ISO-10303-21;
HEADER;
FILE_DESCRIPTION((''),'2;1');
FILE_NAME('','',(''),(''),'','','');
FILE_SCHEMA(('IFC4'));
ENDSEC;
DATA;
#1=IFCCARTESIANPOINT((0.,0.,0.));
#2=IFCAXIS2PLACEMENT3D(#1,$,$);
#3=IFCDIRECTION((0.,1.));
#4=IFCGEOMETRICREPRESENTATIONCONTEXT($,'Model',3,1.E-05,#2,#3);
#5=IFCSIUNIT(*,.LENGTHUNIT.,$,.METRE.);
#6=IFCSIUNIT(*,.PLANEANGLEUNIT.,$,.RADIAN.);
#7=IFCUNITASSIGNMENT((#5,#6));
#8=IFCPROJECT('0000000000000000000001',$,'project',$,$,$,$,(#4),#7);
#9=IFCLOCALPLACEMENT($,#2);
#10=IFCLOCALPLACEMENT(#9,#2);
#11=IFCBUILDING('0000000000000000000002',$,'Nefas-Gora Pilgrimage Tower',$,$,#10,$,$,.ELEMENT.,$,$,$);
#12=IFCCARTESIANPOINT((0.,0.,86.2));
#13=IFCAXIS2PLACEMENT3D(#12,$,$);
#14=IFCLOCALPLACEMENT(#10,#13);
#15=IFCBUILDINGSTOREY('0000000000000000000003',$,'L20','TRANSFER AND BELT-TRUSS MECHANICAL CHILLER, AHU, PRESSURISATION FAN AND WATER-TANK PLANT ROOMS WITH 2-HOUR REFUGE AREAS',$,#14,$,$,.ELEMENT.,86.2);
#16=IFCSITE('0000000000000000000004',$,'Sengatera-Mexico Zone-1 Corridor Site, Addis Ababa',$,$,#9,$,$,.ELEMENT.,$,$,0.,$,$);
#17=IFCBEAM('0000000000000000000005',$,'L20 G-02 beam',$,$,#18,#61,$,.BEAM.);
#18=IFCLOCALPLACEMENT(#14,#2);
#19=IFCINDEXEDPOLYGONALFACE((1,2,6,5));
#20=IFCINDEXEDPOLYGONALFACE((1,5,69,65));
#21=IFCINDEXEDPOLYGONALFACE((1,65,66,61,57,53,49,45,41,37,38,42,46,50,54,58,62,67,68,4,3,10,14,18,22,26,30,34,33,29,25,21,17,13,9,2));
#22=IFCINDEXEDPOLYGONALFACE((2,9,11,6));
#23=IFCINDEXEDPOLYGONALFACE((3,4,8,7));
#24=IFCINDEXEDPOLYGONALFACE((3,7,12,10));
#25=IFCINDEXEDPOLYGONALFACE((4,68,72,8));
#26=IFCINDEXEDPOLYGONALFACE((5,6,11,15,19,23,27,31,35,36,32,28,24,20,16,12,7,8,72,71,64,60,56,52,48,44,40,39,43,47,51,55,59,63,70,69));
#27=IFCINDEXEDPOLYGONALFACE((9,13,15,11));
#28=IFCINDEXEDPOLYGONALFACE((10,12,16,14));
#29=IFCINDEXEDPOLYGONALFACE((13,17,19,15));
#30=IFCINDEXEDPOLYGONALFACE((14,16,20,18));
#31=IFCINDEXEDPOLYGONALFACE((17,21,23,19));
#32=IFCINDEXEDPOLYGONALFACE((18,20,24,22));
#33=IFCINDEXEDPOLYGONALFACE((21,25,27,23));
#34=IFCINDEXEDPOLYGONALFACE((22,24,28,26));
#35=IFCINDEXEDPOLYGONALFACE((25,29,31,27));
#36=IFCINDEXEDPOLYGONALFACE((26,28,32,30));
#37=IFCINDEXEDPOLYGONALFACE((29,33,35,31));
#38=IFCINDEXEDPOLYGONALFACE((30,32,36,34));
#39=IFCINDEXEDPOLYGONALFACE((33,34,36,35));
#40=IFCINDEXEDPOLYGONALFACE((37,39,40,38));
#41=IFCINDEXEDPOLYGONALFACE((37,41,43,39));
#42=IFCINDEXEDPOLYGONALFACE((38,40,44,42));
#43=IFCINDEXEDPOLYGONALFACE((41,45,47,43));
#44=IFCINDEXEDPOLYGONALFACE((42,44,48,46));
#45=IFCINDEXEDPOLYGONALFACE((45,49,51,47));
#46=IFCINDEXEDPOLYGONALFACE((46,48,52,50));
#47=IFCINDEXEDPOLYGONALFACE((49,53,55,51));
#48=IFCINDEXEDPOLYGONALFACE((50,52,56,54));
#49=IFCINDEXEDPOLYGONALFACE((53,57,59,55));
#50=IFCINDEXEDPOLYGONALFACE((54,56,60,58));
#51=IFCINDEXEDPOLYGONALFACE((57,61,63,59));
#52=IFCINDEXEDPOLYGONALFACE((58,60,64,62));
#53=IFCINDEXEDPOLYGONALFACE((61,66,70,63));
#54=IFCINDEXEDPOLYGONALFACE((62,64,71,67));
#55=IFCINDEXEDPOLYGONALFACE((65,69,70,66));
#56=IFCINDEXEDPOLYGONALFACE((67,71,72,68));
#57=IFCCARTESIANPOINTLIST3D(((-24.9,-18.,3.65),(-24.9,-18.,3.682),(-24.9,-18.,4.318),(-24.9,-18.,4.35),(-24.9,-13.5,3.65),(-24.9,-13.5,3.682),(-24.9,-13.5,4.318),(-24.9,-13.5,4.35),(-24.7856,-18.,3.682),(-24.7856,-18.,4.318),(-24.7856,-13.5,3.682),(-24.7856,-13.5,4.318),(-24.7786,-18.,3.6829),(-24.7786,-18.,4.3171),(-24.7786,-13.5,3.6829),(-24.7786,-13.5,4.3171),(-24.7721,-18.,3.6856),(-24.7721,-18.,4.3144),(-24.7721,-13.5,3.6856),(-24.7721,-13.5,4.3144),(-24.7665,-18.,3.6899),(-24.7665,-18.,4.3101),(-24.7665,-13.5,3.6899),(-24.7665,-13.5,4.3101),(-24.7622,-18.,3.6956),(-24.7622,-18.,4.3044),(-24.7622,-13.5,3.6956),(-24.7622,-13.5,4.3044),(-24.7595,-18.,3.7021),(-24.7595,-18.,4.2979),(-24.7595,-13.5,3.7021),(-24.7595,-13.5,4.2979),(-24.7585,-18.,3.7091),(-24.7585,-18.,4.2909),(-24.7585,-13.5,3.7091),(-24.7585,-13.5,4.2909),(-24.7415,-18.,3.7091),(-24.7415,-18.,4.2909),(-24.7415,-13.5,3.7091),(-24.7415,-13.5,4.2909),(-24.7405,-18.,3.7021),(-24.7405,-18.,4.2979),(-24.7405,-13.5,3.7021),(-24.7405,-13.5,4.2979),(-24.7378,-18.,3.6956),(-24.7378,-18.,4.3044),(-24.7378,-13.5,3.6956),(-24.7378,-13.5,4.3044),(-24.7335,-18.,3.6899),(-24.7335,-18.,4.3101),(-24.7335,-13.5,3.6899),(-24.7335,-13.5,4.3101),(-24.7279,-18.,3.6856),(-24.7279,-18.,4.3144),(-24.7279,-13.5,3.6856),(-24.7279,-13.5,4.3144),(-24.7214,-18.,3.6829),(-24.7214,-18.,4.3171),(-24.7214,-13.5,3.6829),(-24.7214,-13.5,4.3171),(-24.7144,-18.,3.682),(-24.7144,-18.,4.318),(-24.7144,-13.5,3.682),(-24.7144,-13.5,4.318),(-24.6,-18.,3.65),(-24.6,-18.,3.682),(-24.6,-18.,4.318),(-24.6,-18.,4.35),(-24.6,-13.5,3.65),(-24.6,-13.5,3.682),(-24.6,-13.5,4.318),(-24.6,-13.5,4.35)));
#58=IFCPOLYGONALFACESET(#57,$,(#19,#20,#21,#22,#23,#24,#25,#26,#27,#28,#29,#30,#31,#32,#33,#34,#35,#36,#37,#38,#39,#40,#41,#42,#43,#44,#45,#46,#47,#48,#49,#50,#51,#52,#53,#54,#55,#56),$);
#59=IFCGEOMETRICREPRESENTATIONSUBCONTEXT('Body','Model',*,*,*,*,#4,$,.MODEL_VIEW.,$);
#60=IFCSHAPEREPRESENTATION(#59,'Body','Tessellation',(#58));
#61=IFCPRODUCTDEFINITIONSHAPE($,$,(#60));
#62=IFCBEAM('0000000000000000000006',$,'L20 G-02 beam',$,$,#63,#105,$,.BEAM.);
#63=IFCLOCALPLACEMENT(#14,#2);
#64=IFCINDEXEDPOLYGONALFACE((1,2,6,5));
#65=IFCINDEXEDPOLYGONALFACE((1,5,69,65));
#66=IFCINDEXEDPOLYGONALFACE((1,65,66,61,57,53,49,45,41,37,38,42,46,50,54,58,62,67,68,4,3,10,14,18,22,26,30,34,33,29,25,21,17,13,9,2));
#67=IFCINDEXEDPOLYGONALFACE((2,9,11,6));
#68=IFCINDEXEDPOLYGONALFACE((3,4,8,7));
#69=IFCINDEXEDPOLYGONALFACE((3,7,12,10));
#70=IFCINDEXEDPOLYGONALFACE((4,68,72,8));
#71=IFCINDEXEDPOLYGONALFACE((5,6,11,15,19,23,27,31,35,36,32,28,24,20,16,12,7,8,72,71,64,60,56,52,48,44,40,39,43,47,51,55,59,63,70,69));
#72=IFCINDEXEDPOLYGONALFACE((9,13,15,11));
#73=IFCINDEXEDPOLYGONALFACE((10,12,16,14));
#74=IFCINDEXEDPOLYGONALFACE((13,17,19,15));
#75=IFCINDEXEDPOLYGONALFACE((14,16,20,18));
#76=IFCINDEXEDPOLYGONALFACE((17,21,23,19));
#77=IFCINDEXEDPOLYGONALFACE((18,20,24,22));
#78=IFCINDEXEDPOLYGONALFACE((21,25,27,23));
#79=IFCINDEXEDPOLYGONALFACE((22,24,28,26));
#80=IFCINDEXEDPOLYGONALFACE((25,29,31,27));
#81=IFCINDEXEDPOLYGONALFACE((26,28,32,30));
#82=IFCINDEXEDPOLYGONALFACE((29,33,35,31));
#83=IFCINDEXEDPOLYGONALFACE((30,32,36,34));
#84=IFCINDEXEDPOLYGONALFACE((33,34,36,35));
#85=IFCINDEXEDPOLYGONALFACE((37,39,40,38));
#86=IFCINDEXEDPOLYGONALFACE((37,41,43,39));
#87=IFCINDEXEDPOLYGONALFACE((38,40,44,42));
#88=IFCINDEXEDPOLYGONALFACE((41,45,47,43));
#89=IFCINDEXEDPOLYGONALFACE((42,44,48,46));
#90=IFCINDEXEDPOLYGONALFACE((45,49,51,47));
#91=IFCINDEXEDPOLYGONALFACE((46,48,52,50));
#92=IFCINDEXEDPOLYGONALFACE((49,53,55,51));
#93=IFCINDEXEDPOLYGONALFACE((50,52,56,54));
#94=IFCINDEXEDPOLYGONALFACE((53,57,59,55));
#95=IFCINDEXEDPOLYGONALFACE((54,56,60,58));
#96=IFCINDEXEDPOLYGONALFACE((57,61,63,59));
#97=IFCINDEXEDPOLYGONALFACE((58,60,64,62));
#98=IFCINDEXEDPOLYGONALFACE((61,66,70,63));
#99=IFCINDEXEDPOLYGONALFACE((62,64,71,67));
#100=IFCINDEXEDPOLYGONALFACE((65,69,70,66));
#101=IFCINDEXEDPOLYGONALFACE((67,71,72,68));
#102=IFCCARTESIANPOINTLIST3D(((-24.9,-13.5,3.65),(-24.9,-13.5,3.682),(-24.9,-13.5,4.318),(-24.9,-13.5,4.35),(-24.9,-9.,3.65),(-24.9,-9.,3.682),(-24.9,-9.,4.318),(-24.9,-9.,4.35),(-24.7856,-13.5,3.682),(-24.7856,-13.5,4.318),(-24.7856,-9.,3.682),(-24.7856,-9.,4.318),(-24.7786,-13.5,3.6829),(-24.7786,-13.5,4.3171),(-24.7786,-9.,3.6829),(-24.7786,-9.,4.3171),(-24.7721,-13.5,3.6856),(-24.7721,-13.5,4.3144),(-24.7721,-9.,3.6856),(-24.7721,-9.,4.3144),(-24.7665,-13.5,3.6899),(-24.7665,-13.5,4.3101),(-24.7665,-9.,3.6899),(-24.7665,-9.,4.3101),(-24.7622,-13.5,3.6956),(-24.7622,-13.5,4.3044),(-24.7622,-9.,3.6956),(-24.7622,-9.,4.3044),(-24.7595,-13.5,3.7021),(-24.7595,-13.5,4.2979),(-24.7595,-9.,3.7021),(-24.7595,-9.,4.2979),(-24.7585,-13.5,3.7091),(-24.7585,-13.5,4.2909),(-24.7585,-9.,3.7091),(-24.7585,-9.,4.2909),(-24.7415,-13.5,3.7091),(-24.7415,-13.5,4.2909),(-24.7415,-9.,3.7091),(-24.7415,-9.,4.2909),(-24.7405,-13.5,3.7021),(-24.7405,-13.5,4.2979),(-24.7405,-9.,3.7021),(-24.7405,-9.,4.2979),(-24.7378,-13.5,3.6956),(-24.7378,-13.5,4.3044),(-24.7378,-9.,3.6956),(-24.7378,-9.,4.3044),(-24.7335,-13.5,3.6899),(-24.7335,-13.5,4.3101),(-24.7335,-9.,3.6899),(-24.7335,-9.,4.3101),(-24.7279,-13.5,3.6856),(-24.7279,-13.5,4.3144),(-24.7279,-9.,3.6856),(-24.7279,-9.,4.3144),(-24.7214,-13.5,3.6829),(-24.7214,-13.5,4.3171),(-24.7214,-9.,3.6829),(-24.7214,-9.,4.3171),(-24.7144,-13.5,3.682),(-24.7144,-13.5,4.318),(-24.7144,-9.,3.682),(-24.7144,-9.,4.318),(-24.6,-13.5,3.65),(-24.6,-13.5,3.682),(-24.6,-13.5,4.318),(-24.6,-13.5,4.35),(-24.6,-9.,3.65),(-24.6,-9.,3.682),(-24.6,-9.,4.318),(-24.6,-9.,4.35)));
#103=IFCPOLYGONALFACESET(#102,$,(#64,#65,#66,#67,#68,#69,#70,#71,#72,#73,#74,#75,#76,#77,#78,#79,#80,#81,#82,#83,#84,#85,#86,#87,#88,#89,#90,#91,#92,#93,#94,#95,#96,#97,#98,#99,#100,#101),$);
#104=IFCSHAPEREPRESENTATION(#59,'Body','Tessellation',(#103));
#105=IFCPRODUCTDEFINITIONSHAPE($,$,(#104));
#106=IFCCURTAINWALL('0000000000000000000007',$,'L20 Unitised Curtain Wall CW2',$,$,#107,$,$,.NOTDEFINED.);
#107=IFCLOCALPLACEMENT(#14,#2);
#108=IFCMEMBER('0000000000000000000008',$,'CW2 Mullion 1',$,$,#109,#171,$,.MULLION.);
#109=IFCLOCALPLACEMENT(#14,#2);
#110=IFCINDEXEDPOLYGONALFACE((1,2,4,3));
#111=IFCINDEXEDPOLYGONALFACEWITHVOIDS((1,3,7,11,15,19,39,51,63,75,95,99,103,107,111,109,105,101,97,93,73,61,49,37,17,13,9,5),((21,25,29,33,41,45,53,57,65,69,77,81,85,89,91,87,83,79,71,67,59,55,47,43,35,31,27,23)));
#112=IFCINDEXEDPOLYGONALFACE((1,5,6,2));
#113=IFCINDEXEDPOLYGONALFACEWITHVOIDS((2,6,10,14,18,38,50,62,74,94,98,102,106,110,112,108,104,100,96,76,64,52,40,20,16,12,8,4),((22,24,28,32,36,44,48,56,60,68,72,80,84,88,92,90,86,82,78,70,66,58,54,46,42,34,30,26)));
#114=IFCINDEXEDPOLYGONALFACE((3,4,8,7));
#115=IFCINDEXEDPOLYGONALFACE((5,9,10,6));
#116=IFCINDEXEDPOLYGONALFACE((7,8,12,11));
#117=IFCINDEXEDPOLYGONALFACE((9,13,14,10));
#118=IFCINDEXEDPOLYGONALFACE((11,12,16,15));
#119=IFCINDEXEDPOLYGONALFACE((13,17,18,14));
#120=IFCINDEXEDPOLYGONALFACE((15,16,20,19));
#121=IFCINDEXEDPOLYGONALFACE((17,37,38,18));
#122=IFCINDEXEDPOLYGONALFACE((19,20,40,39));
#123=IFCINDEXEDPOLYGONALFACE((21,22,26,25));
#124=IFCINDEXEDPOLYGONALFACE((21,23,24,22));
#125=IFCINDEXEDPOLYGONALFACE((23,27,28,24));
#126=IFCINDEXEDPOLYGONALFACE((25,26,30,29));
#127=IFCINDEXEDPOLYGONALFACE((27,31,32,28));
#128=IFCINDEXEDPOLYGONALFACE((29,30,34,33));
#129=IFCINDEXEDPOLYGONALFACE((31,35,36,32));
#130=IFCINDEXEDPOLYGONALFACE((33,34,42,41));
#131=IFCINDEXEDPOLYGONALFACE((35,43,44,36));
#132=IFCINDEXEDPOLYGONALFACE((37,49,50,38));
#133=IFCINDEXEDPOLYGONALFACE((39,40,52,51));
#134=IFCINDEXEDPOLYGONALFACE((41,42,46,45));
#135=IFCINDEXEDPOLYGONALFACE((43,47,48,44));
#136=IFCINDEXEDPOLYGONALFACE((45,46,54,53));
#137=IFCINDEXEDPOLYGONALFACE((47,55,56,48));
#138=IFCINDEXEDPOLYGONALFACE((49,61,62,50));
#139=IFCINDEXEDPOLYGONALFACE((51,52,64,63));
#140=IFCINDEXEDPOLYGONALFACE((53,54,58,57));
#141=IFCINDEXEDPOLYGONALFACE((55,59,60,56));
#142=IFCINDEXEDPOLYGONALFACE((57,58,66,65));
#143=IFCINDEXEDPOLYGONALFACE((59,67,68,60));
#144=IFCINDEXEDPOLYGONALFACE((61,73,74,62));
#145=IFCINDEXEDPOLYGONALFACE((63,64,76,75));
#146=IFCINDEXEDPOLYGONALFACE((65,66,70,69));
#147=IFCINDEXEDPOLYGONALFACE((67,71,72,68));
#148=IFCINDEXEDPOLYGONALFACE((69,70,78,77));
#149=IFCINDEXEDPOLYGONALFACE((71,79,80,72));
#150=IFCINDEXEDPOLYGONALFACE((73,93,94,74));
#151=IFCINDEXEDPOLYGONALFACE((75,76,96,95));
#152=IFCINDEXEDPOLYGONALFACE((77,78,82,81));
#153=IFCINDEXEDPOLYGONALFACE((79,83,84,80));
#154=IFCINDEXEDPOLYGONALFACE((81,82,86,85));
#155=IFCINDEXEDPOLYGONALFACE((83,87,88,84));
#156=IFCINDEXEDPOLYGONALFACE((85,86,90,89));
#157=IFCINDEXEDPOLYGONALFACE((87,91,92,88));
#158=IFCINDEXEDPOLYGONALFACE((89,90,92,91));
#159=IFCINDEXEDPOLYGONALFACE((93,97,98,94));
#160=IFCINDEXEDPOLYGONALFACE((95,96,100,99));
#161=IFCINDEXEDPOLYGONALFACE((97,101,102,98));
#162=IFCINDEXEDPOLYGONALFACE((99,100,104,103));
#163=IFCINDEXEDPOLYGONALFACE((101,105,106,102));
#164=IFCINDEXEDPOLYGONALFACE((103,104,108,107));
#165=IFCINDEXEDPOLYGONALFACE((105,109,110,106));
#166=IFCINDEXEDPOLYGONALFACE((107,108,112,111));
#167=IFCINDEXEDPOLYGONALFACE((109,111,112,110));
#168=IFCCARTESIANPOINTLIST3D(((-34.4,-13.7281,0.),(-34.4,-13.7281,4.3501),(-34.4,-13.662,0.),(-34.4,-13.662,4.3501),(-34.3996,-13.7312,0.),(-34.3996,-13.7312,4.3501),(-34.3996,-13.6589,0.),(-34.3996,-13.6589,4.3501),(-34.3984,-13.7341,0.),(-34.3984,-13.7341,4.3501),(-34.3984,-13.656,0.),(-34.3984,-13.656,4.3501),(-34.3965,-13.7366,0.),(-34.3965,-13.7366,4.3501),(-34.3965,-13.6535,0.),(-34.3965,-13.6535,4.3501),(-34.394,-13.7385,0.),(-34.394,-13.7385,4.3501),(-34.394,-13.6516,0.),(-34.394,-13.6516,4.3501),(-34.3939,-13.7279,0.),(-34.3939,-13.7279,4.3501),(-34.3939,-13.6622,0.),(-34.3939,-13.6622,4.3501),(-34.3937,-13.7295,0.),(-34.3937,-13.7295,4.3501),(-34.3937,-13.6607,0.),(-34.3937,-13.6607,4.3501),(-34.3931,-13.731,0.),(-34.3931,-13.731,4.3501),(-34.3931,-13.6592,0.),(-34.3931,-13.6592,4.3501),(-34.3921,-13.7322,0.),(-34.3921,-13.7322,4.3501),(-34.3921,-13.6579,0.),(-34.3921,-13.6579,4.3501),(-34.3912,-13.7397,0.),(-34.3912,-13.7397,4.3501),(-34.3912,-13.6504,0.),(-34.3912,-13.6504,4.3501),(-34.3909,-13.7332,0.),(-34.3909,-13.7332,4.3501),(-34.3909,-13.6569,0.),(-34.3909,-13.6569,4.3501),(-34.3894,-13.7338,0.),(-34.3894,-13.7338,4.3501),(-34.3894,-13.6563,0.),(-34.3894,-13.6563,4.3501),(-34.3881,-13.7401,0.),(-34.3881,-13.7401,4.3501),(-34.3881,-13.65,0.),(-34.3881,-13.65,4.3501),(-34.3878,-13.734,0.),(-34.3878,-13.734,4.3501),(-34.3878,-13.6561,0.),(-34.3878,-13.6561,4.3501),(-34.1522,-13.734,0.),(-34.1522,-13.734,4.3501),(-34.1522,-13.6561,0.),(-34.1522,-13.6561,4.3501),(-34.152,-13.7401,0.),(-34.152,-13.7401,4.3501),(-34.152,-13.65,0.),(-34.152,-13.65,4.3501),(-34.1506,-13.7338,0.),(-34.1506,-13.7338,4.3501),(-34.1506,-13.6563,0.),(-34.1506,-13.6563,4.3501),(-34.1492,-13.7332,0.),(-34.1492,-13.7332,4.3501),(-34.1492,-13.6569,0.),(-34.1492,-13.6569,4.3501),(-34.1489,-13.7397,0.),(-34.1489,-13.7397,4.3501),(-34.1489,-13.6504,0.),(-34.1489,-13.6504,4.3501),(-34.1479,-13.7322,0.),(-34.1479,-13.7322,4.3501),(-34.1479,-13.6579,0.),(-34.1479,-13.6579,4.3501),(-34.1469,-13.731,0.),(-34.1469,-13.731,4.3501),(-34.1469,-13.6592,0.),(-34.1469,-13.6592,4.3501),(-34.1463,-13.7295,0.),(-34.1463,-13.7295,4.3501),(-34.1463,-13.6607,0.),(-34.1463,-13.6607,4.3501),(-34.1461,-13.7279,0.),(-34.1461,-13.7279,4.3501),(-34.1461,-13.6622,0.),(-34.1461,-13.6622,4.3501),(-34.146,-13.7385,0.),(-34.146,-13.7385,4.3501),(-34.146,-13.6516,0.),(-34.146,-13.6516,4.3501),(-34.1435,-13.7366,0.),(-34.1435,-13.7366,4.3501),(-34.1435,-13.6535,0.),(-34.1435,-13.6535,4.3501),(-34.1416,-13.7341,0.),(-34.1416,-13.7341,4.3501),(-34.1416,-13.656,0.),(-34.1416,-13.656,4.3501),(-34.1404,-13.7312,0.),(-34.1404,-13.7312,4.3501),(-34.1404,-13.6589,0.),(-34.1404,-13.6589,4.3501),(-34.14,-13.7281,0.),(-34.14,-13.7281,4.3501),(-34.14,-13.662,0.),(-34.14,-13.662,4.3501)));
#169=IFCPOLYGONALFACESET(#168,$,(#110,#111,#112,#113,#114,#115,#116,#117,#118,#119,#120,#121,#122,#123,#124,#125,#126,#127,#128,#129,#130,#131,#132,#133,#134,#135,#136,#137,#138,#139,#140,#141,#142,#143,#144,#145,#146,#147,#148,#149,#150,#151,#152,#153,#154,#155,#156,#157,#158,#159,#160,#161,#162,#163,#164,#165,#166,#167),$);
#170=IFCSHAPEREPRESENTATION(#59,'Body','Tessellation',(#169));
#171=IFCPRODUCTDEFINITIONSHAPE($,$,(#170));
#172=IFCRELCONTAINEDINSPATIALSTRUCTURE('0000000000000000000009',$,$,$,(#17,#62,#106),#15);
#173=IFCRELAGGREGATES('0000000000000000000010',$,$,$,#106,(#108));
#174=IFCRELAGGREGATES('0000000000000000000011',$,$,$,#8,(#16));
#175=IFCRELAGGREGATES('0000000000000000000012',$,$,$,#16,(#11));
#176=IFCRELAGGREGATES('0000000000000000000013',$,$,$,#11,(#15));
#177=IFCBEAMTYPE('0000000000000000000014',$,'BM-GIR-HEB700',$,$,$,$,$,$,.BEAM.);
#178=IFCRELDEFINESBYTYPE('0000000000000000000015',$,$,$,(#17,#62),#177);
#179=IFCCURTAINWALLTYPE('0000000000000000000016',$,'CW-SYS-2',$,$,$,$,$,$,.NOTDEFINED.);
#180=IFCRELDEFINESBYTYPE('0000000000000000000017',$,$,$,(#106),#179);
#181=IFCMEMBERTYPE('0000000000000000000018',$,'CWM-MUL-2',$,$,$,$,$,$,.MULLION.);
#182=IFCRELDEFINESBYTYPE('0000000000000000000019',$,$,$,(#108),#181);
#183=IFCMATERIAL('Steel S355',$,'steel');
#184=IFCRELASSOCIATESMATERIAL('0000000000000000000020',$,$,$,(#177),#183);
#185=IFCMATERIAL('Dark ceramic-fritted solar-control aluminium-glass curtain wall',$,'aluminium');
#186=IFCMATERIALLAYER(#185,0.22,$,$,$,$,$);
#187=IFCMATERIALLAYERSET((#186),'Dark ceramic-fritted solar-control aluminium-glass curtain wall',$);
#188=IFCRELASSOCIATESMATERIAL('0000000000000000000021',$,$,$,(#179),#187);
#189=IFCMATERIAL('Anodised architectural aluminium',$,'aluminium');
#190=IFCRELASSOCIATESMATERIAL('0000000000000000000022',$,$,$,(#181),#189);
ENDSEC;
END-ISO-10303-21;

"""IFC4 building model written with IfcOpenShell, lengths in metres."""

from ifc_helpers import new_model, si_unit, direction, frame, origin, origin_2d, place, context, subcontext, project, spatial, hollow_rectangle, i_section, extrude, source, transform, mapped, material, layer, layer_set, material_profile, profile_set, type_object, element, aggregate, save


model = new_model("IFC4")

# Units and contexts
model_context = context("Model", 3, precision=1e-05, world=origin(), true_north=direction((0.0, 1.0)))
body_context = subcontext(model_context, "Body", "Model", "MODEL_VIEW")
ifc_project = project(units=[si_unit("LENGTHUNIT", "METRE"), si_unit("PLANEANGLEUNIT", "RADIAN")], contexts=[model_context])

# Site, building, storey
site_placement = place(None, origin())
site = spatial("IfcSite", under=ifc_project, at=site_placement, Name="Sengatera-Mexico Zone-1 Corridor Site, Addis Ababa", CompositionType="ELEMENT", RefElevation=0.0)
building_placement = place(site_placement, origin())
building = spatial("IfcBuilding", under=site, at=building_placement, Name="Nefas-Gora Pilgrimage Tower", CompositionType="ELEMENT")
storey_placement = place(building_placement, frame((0.0, 0.0, 86.2)))
storey = spatial("IfcBuildingStorey", under=building, at=storey_placement, Name="L20", Description="TRANSFER AND BELT-TRUSS MECHANICAL CHILLER, AHU, PRESSURISATION FAN AND WATER-TANK PLANT ROOMS WITH 2-HOUR REFUGE AREAS", CompositionType="ELEMENT", Elevation=86.2)

# Beams
ifc_material_1 = material(Name="Steel S355", Category="steel")
ifc_material_profile_1 = material_profile(ifc_material_1, i_section(OverallWidth=0.3, OverallDepth=0.7, WebThickness=0.0171, FlangeThickness=0.032, FilletRadius=0.0271, at=origin_2d()), Name="HEB 700")
ifc_profile_set_1 = profile_set([ifc_material_profile_1], Name="Steel S355")
beam_type_1 = type_object("IfcBeamType", Name="BM-GIR-HEB700", PredefinedType="BEAM", material=ifc_profile_set_1)
shared_shape_1 = source(origin(), body_context, "Body", "SweptSolid", [
    extrude(i_section(OverallWidth=0.3, OverallDepth=0.7, WebThickness=0.0171, FlangeThickness=0.032, FilletRadius=0.0271, at=origin_2d()), origin(), (0.0, 0.0, 1.0), 4.5),
])
for number, where, z_axis, x_axis, name in (
    (1, (-24.75, -18.0, 4.0), (0.0, 1.0, 0.0), (-1.0, 0.0, 0.0), "L20 G-02 beam"),
    (2, (-24.75, -13.5, 4.0), (0.0, 1.0, 0.0), (-1.0, 0.0, 0.0), "L20 G-02 beam"),
):
    element("IfcBeam", number, at=place(storey_placement, frame(where, z_axis=z_axis, x_axis=x_axis)), inside=storey, type_object=beam_type_1, Name=name, PredefinedType="BEAM", context=body_context, shape_type="MappedRepresentation", body=[
        mapped(shared_shape_1, transform((0.0, 0.0, 0.0), x_axis=(1.0, 0.0, 0.0), y_axis=(0.0, 1.0, 0.0), z_axis=(0.0, 0.0, 1.0), scale=1.0)),
    ])

# Curtain wall, member
ifc_material_2 = material(Name="Dark ceramic-fritted solar-control aluminium-glass curtain wall", Category="aluminium")
ifc_layer_1 = layer(ifc_material_2, 0.22)
ifc_layer_set_1 = layer_set([ifc_layer_1], Name="Dark ceramic-fritted solar-control aluminium-glass curtain wall")
curtain_wall_type = type_object("IfcCurtainWallType", Name="CW-SYS-2", PredefinedType="NOTDEFINED", material=ifc_layer_set_1)
curtain_wall_1_placement = place(storey_placement, origin())
curtain_wall_1 = element("IfcCurtainWall", 3, at=curtain_wall_1_placement, inside=storey, type_object=curtain_wall_type, Name="L20 Unitised Curtain Wall CW2", PredefinedType="NOTDEFINED")
ifc_material_3 = material(Name="Anodised architectural aluminium", Category="aluminium")
ifc_material_profile_2 = material_profile(ifc_material_3, hollow_rectangle(XDim=0.0901, YDim=0.26, WallThickness=0.0061, InnerFilletRadius=0.0061, OuterFilletRadius=0.012, at=origin_2d()), Name="ALU MULLION 90x260")
ifc_profile_set_2 = profile_set([ifc_material_profile_2], Name="Anodised architectural aluminium")
member_type_1 = type_object("IfcMemberType", Name="CWM-MUL-2", PredefinedType="MULLION", material=ifc_profile_set_2)
shared_shape_2 = source(origin(), body_context, "Body", "SweptSolid", [
    extrude(hollow_rectangle(XDim=0.0901, YDim=0.26, WallThickness=0.0061, InnerFilletRadius=0.0061, OuterFilletRadius=0.012, at=origin_2d()), origin(), (0.0, 0.0, 1.0), 4.3501),
])
member_1_placement = place(storey_placement, frame((-34.27, -13.6951, 0.0), z_axis=(0.0, 0.0, 1.0), x_axis=(0.0, -1.0, 0.0)))
member_1 = element("IfcMember", 4, at=member_1_placement, type_object=member_type_1, Name="CW2 Mullion 1", PredefinedType="MULLION", context=body_context, shape_type="MappedRepresentation", body=[
    mapped(shared_shape_2, transform((0.0, 0.0, 0.0), x_axis=(1.0, 0.0, 0.0), y_axis=(0.0, 1.0, 0.0), z_axis=(0.0, 0.0, 1.0), scale=1.0)),
])

aggregate(curtain_wall_1, [member_1])

save(model, "model.ifc")
